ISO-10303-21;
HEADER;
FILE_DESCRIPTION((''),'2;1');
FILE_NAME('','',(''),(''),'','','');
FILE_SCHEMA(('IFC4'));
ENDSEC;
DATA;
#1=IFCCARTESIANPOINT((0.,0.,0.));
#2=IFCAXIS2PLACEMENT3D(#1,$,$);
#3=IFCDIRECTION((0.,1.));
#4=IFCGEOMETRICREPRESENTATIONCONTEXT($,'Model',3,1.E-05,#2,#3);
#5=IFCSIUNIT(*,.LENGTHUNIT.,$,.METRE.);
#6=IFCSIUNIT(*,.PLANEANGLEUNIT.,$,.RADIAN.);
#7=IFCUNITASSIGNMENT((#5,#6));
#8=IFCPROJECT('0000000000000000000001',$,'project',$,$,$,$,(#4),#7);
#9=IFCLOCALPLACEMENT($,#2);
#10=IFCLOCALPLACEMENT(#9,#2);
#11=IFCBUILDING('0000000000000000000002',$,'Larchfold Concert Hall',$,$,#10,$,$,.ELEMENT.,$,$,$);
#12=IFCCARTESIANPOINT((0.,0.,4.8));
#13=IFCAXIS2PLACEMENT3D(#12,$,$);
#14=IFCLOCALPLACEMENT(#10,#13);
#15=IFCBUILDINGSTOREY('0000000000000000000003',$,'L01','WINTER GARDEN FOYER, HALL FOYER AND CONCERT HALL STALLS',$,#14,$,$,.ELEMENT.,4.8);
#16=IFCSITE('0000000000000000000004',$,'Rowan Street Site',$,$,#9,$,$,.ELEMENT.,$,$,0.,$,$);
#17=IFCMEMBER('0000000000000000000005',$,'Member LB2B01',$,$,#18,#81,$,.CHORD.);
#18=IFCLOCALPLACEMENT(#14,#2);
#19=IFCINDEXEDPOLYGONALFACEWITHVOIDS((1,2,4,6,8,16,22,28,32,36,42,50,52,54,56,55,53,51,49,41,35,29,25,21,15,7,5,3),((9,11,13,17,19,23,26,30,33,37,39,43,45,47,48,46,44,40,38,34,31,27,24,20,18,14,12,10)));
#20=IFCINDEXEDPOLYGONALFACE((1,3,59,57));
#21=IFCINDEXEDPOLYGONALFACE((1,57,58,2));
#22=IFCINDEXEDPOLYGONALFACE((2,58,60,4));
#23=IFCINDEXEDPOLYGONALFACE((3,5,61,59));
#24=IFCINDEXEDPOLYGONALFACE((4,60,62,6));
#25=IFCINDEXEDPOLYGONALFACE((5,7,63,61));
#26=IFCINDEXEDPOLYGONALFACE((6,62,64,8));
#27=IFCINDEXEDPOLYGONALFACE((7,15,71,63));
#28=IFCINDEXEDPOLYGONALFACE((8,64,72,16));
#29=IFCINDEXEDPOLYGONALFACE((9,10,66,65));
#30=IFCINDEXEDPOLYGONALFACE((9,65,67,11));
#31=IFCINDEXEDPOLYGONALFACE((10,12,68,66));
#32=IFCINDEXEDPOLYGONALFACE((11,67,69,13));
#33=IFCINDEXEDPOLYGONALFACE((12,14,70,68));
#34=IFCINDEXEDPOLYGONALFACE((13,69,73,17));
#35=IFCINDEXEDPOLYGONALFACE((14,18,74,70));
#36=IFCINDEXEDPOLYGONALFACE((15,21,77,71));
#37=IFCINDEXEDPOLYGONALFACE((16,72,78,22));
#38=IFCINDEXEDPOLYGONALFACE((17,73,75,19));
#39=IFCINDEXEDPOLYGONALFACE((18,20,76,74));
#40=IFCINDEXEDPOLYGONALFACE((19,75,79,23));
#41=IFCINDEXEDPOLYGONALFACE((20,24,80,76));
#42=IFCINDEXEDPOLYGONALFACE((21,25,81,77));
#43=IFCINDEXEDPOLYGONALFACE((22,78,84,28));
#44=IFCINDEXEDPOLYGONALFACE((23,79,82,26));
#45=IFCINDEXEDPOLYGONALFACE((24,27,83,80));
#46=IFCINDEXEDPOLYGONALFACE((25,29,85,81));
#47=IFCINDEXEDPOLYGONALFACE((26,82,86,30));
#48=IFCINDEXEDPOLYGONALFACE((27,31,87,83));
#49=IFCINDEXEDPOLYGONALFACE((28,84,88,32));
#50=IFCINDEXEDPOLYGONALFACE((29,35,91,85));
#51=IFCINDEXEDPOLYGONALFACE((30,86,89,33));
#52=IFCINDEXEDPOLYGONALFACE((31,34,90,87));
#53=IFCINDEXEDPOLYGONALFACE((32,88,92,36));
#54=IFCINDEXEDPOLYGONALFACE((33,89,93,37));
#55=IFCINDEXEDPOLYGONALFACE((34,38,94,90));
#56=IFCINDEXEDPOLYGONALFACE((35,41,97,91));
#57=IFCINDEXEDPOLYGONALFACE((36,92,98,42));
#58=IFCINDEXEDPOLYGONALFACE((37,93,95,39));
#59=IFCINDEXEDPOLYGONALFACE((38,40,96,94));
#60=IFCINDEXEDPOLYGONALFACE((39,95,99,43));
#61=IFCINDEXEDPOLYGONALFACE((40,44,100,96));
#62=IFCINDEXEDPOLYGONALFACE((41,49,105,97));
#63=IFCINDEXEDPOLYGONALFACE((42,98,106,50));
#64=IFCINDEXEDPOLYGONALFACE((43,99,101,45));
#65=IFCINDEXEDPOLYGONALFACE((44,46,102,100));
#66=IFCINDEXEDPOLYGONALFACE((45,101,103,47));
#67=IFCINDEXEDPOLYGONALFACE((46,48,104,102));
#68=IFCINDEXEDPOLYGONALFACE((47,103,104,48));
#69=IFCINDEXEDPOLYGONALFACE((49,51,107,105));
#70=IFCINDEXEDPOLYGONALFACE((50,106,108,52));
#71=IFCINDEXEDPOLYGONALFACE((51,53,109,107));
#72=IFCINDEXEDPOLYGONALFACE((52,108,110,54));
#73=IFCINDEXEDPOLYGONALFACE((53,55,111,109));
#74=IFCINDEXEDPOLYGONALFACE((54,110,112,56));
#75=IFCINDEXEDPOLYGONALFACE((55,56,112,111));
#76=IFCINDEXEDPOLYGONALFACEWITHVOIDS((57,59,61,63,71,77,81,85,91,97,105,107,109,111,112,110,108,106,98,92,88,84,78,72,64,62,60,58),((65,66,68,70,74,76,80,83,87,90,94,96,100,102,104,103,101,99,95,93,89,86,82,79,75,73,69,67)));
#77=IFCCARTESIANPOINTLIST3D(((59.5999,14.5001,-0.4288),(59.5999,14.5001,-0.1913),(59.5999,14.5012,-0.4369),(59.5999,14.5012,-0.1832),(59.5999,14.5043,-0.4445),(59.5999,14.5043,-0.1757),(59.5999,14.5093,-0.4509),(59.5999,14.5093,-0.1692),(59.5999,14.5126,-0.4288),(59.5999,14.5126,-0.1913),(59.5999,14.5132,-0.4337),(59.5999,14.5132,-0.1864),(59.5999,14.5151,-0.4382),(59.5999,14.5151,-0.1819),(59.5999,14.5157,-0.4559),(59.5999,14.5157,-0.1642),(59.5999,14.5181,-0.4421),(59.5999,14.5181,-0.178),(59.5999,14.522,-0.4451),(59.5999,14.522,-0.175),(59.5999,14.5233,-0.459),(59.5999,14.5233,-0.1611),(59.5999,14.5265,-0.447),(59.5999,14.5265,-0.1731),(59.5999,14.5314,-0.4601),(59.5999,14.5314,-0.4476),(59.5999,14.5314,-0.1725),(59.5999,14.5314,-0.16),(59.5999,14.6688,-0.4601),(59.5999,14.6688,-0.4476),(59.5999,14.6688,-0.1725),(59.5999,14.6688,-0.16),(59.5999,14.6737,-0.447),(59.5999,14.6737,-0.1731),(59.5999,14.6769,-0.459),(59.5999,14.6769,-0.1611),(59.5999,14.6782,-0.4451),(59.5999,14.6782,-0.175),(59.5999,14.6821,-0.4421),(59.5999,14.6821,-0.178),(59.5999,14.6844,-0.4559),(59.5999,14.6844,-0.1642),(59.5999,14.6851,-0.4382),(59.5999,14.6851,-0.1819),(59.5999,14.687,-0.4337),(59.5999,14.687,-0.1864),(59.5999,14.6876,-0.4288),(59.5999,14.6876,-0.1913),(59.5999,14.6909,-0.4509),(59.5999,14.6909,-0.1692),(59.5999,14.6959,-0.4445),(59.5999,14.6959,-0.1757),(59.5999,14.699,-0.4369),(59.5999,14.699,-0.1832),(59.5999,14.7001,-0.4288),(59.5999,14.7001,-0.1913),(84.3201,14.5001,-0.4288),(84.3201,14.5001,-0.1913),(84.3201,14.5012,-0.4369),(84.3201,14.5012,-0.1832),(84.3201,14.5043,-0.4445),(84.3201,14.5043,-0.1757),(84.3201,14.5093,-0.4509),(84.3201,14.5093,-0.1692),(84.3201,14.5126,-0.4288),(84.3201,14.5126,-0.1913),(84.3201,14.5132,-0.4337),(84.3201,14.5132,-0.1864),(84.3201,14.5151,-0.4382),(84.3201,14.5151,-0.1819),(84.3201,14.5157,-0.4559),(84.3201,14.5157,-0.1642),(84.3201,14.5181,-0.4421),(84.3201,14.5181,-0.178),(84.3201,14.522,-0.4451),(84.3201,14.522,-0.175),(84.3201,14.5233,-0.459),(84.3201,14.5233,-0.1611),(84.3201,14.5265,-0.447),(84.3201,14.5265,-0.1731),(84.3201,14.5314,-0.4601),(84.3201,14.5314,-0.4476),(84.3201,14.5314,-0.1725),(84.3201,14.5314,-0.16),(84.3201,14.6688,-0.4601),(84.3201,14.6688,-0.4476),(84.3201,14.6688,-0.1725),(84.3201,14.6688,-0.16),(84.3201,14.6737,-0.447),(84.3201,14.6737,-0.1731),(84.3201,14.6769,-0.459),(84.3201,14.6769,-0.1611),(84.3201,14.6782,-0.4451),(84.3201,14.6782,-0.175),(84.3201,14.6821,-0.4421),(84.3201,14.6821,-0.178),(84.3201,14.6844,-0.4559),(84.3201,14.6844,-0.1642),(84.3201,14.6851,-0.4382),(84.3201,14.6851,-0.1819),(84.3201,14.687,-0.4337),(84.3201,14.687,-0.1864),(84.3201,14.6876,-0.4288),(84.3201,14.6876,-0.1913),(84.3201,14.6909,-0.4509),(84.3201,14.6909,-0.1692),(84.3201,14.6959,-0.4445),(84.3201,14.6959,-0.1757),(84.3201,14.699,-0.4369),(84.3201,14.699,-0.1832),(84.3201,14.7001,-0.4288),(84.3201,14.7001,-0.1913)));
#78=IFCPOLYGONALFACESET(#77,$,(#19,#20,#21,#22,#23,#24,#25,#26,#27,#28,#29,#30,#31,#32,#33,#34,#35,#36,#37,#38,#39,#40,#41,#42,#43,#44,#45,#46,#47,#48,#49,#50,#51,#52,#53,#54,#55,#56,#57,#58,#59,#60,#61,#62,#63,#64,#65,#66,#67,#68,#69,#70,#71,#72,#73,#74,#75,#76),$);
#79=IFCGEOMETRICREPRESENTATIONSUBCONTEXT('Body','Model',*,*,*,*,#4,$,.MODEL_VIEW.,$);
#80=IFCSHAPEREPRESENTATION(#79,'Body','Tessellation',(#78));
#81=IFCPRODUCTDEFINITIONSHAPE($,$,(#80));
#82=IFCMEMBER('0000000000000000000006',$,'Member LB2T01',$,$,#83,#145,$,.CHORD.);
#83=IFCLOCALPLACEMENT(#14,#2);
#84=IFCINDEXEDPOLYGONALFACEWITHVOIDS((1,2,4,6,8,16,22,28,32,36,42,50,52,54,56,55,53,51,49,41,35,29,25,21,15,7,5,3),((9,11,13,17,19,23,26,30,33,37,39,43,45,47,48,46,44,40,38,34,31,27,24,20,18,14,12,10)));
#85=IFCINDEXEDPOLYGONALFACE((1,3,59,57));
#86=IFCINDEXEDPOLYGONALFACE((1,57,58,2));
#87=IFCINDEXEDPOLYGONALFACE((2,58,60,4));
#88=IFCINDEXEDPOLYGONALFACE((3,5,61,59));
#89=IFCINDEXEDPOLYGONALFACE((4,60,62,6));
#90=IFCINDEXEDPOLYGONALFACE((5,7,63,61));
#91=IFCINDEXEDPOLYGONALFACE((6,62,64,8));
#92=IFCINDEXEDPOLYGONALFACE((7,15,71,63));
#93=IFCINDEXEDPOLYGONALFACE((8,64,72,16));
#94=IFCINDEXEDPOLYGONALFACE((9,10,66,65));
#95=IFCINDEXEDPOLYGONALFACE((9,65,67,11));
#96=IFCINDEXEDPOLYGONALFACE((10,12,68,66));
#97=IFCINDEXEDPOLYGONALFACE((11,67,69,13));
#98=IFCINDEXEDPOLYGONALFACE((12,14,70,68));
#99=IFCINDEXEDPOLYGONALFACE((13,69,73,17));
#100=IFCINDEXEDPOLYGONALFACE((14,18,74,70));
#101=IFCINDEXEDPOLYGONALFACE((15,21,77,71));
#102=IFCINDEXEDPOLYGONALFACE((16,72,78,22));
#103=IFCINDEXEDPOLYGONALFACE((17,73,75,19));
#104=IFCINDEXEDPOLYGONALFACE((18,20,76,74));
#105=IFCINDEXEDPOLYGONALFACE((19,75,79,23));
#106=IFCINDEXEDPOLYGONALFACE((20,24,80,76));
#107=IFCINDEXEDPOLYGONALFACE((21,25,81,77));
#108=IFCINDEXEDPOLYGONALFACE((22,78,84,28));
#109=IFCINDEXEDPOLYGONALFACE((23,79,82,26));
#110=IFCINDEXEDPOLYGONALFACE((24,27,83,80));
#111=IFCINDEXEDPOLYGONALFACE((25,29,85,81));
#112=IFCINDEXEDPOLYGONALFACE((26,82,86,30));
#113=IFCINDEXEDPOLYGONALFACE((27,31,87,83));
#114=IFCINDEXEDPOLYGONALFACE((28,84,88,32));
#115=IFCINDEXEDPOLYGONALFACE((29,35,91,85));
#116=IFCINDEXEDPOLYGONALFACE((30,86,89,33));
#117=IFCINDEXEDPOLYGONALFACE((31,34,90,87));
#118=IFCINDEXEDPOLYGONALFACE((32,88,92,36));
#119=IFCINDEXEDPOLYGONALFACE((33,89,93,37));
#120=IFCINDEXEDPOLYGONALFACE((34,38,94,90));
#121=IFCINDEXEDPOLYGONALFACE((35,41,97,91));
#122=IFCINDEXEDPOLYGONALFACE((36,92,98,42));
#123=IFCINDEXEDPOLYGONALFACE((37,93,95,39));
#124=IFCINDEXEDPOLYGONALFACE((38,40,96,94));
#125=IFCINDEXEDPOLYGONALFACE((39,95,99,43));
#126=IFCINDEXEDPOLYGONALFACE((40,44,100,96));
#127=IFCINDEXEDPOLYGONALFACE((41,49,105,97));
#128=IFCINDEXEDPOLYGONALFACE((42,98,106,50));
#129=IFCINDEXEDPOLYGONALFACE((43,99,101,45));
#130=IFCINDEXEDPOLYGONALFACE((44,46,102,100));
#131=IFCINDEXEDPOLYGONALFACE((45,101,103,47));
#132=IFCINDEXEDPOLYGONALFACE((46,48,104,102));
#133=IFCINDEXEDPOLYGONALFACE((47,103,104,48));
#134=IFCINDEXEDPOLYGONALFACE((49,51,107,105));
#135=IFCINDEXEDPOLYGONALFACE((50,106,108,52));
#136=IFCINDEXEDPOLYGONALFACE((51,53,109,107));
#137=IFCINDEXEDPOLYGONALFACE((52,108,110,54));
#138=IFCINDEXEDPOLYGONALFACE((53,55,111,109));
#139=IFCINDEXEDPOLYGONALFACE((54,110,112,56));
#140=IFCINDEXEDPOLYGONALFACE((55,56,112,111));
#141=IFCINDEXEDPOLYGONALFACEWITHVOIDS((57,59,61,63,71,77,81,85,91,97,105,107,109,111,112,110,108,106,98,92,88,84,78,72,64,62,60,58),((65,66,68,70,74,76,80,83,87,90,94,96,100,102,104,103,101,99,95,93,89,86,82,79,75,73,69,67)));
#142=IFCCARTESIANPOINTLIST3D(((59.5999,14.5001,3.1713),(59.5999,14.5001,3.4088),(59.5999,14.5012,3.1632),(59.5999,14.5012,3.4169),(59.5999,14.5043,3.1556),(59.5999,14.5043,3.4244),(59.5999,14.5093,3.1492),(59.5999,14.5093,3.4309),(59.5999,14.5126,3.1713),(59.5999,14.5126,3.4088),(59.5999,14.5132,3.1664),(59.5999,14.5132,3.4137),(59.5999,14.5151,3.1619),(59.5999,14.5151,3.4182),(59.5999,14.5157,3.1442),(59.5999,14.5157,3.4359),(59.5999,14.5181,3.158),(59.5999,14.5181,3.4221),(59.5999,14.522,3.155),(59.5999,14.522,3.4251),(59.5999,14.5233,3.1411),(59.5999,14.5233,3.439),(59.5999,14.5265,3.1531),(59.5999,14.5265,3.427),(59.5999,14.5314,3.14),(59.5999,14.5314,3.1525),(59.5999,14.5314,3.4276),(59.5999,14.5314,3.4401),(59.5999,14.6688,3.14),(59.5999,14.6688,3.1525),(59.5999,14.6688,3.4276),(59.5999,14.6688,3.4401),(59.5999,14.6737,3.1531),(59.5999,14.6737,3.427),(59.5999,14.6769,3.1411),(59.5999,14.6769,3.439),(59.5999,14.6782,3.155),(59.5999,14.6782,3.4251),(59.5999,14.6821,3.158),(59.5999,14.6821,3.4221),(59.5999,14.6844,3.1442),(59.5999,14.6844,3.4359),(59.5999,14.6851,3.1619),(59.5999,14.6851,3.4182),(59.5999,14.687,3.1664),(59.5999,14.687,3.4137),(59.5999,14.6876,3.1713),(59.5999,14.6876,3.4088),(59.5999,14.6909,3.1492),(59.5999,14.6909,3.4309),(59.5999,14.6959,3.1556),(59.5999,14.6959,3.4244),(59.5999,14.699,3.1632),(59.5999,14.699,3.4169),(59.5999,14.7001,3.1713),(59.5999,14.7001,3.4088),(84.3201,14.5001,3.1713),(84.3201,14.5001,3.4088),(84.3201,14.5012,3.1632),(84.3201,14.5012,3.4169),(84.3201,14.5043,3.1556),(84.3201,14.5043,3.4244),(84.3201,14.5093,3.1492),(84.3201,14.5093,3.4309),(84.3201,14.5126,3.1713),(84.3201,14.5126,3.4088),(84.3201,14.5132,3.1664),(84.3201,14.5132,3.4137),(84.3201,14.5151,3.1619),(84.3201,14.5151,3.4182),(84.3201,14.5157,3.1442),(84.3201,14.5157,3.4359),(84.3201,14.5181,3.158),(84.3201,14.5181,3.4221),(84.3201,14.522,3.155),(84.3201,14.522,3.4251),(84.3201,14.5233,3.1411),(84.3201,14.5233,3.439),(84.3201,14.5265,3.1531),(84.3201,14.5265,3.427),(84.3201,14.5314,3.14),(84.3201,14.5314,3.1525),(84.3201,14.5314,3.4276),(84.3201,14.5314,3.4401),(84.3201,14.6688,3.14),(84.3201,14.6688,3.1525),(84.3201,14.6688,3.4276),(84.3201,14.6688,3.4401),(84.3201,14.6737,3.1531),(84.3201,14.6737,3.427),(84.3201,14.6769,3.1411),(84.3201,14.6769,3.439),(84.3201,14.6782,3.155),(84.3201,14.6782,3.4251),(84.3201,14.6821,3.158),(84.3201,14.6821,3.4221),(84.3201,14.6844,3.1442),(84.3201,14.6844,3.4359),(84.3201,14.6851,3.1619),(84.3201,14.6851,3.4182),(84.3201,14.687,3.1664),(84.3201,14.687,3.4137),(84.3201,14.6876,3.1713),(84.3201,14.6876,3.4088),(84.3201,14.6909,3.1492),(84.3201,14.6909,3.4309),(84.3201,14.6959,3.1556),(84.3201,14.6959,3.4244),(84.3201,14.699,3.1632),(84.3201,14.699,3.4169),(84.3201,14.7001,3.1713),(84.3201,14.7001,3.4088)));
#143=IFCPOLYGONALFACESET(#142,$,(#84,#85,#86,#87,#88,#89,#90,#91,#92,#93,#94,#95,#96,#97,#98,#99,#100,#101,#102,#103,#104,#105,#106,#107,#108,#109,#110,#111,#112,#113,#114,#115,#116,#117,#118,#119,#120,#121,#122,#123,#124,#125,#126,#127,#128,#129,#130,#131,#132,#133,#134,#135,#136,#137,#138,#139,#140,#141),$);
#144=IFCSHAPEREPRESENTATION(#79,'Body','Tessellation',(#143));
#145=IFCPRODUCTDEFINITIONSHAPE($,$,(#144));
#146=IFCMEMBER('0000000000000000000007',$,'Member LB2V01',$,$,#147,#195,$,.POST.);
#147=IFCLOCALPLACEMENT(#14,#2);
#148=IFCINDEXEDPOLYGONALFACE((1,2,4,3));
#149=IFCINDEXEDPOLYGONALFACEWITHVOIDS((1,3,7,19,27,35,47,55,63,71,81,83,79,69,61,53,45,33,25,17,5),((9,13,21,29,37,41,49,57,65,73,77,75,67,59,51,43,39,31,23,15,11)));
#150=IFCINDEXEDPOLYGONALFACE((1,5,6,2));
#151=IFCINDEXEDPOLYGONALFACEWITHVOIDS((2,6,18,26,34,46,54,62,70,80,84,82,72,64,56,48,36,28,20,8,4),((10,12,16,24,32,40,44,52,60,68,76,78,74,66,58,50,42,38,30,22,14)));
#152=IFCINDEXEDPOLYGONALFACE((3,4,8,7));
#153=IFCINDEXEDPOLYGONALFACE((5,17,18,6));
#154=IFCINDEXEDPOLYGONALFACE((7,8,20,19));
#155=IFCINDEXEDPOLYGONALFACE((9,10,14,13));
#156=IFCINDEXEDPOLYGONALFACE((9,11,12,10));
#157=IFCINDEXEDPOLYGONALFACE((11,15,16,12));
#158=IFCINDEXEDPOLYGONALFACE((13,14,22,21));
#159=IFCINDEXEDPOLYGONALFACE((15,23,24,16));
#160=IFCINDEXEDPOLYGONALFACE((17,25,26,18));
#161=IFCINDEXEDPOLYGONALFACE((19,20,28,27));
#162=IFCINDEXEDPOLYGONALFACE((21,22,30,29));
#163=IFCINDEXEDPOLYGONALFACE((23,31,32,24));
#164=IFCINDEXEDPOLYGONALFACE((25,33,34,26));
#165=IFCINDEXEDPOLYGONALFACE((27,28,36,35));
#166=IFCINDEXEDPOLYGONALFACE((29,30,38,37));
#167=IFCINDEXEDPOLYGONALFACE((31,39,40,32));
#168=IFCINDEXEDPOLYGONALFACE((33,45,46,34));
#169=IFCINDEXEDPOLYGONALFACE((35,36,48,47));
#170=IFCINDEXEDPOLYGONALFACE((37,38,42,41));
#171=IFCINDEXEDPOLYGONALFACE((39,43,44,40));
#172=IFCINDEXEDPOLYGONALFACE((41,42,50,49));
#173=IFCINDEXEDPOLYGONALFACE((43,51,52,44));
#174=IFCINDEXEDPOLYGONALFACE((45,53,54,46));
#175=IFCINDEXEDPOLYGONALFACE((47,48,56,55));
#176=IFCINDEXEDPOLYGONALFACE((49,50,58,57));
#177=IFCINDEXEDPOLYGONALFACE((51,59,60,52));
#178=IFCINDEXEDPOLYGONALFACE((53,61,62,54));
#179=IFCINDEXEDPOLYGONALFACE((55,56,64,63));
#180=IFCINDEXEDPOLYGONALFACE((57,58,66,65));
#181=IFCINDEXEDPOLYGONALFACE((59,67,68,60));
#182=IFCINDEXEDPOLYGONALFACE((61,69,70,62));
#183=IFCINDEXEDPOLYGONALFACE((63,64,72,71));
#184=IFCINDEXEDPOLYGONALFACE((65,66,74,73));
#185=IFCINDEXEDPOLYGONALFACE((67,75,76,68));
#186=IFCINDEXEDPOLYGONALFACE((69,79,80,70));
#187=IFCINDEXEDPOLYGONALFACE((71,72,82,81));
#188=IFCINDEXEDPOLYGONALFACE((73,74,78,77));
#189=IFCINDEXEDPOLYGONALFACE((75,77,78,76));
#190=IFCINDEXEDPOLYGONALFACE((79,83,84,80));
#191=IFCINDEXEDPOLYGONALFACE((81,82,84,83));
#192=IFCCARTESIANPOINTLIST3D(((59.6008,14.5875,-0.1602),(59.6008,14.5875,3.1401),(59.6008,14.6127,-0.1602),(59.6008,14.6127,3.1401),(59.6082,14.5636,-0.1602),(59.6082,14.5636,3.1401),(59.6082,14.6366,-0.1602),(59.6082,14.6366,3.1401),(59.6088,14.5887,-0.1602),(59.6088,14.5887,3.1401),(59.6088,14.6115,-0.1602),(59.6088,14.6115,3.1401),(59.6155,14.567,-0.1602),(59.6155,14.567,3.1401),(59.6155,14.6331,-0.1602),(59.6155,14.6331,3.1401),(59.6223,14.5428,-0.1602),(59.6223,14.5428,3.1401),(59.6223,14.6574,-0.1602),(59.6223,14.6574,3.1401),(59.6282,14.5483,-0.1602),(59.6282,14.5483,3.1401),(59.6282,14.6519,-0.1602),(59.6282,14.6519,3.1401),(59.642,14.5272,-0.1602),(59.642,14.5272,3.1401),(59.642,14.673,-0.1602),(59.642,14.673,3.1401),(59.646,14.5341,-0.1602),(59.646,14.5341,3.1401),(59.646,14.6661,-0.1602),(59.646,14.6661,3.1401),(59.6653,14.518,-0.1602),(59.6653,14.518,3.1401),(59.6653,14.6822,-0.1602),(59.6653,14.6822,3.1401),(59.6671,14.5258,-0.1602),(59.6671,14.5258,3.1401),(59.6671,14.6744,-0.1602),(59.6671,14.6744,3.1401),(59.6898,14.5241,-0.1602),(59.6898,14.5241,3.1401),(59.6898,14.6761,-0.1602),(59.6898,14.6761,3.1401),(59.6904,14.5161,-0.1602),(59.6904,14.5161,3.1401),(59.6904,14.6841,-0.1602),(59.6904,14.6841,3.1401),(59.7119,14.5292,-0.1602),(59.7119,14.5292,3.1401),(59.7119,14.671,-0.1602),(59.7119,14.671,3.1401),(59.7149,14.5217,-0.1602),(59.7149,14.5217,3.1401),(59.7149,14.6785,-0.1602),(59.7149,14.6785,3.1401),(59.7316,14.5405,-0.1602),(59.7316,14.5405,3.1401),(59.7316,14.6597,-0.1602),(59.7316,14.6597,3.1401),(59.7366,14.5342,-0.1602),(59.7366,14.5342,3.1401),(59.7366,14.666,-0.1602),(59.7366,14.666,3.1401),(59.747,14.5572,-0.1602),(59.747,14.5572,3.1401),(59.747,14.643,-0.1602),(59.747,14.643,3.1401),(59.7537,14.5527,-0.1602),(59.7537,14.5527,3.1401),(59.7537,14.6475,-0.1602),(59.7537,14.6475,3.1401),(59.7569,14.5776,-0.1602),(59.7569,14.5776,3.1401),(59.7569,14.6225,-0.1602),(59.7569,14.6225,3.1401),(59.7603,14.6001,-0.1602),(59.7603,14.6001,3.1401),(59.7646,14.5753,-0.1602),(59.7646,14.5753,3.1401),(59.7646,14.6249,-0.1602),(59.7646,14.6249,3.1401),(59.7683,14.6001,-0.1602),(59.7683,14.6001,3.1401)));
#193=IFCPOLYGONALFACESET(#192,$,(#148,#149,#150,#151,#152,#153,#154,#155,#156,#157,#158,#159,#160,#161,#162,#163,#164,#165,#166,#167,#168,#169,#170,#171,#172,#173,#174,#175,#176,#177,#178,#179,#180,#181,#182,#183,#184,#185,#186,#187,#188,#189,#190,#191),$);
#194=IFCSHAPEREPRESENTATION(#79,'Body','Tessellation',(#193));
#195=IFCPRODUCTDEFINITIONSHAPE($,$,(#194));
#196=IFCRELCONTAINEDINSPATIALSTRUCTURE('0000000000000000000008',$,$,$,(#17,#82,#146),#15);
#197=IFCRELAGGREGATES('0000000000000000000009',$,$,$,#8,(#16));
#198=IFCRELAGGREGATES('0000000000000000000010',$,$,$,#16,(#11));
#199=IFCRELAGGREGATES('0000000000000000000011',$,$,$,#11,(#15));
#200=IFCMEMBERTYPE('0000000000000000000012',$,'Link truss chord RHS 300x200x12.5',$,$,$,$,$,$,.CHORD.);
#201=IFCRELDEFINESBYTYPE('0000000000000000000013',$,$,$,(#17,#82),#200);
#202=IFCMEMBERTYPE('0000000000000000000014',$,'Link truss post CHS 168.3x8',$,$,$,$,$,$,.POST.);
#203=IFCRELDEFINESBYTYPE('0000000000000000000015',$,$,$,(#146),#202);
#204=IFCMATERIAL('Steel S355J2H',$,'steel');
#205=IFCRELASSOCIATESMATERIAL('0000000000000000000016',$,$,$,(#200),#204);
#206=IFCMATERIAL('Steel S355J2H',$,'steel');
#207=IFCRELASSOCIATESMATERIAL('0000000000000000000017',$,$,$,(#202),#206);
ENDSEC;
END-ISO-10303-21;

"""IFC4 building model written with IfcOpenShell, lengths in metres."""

from ifc_helpers import new_model, si_unit, direction, frame, origin, origin_2d, place, context, subcontext, project, spatial, hollow_rectangle, hollow_circle, extrude, material, material_profile, profile_set, type_object, element, save


model = new_model("IFC4")

# Units and contexts
model_context = context("Model", 3, precision=1e-05, world=origin(), true_north=direction((0.0, 1.0)))
body_context = subcontext(model_context, "Body", "Model", "MODEL_VIEW")
ifc_project = project(units=[si_unit("LENGTHUNIT", "METRE"), si_unit("PLANEANGLEUNIT", "RADIAN")], contexts=[model_context])

# Site, building, storey
site_placement = place(None, origin())
site = spatial("IfcSite", under=ifc_project, at=site_placement, Name="Rowan Street Site", CompositionType="ELEMENT", RefElevation=0.0)
building_placement = place(site_placement, origin())
building = spatial("IfcBuilding", under=site, at=building_placement, Name="Larchfold Concert Hall", CompositionType="ELEMENT")
storey_placement = place(building_placement, frame((0.0, 0.0, 4.8)))
storey = spatial("IfcBuildingStorey", under=building, at=storey_placement, Name="L01", Description="WINTER GARDEN FOYER, HALL FOYER AND CONCERT HALL STALLS", CompositionType="ELEMENT", Elevation=4.8)

# Members
ifc_material_1 = material(Name="Steel S355J2H", Category="steel")
ifc_material_profile_1 = material_profile(ifc_material_1, hollow_rectangle(XDim=0.2, YDim=0.3, WallThickness=0.0125, InnerFilletRadius=0.0188, OuterFilletRadius=0.0312, at=origin_2d()))
ifc_profile_set_1 = profile_set([ifc_material_profile_1], Name="Steel S355J2H")
member_type_1 = type_object("IfcMemberType", Name="Link truss chord RHS 300x200x12.5", PredefinedType="CHORD", material=ifc_profile_set_1)
for number, where, z_axis, x_axis, name in (
    (1, (59.5999, 14.6001, -0.3101), (1.0, 0.0, 0.0), (0.0, 1.0, 0.0), "Member LB2B01"),
    (2, (59.5999, 14.6001, 3.29), (1.0, 0.0, 0.0), (0.0, 1.0, 0.0), "Member LB2T01"),
):
    element("IfcMember", number, at=place(storey_placement, frame(where, z_axis=z_axis, x_axis=x_axis)), inside=storey, type_object=member_type_1, Name=name, PredefinedType="CHORD", context=body_context, shape_type="SweptSolid", body=[
        extrude(hollow_rectangle(XDim=0.2, YDim=0.3, WallThickness=0.0125, InnerFilletRadius=0.0188, OuterFilletRadius=0.0312, at=origin_2d()), origin(), (0.0, 0.0, 1.0), 24.7202),
    ])
ifc_material_2 = material(Name="Steel S355J2H", Category="steel")
ifc_material_profile_2 = material_profile(ifc_material_2, hollow_circle(Radius=0.0842, WallThickness=0.0081, at=origin_2d()))
ifc_profile_set_2 = profile_set([ifc_material_profile_2], Name="Steel S355J2H")
member_type_2 = type_object("IfcMemberType", Name="Link truss post CHS 168.3x8", PredefinedType="POST", material=ifc_profile_set_2)
member_1_placement = place(storey_placement, frame((59.6841, 14.6001, -0.1602), z_axis=(0.0, 0.0, 1.0), x_axis=(1.0, 0.0, 0.0)))
element("IfcMember", 3, at=member_1_placement, inside=storey, type_object=member_type_2, Name="Member LB2V01", PredefinedType="POST", context=body_context, shape_type="SweptSolid", body=[
    extrude(hollow_circle(Radius=0.0842, WallThickness=0.0081, at=origin_2d()), origin(), (0.0, 0.0, 1.0), 3.3003),
])

save(model, "model.ifc")
